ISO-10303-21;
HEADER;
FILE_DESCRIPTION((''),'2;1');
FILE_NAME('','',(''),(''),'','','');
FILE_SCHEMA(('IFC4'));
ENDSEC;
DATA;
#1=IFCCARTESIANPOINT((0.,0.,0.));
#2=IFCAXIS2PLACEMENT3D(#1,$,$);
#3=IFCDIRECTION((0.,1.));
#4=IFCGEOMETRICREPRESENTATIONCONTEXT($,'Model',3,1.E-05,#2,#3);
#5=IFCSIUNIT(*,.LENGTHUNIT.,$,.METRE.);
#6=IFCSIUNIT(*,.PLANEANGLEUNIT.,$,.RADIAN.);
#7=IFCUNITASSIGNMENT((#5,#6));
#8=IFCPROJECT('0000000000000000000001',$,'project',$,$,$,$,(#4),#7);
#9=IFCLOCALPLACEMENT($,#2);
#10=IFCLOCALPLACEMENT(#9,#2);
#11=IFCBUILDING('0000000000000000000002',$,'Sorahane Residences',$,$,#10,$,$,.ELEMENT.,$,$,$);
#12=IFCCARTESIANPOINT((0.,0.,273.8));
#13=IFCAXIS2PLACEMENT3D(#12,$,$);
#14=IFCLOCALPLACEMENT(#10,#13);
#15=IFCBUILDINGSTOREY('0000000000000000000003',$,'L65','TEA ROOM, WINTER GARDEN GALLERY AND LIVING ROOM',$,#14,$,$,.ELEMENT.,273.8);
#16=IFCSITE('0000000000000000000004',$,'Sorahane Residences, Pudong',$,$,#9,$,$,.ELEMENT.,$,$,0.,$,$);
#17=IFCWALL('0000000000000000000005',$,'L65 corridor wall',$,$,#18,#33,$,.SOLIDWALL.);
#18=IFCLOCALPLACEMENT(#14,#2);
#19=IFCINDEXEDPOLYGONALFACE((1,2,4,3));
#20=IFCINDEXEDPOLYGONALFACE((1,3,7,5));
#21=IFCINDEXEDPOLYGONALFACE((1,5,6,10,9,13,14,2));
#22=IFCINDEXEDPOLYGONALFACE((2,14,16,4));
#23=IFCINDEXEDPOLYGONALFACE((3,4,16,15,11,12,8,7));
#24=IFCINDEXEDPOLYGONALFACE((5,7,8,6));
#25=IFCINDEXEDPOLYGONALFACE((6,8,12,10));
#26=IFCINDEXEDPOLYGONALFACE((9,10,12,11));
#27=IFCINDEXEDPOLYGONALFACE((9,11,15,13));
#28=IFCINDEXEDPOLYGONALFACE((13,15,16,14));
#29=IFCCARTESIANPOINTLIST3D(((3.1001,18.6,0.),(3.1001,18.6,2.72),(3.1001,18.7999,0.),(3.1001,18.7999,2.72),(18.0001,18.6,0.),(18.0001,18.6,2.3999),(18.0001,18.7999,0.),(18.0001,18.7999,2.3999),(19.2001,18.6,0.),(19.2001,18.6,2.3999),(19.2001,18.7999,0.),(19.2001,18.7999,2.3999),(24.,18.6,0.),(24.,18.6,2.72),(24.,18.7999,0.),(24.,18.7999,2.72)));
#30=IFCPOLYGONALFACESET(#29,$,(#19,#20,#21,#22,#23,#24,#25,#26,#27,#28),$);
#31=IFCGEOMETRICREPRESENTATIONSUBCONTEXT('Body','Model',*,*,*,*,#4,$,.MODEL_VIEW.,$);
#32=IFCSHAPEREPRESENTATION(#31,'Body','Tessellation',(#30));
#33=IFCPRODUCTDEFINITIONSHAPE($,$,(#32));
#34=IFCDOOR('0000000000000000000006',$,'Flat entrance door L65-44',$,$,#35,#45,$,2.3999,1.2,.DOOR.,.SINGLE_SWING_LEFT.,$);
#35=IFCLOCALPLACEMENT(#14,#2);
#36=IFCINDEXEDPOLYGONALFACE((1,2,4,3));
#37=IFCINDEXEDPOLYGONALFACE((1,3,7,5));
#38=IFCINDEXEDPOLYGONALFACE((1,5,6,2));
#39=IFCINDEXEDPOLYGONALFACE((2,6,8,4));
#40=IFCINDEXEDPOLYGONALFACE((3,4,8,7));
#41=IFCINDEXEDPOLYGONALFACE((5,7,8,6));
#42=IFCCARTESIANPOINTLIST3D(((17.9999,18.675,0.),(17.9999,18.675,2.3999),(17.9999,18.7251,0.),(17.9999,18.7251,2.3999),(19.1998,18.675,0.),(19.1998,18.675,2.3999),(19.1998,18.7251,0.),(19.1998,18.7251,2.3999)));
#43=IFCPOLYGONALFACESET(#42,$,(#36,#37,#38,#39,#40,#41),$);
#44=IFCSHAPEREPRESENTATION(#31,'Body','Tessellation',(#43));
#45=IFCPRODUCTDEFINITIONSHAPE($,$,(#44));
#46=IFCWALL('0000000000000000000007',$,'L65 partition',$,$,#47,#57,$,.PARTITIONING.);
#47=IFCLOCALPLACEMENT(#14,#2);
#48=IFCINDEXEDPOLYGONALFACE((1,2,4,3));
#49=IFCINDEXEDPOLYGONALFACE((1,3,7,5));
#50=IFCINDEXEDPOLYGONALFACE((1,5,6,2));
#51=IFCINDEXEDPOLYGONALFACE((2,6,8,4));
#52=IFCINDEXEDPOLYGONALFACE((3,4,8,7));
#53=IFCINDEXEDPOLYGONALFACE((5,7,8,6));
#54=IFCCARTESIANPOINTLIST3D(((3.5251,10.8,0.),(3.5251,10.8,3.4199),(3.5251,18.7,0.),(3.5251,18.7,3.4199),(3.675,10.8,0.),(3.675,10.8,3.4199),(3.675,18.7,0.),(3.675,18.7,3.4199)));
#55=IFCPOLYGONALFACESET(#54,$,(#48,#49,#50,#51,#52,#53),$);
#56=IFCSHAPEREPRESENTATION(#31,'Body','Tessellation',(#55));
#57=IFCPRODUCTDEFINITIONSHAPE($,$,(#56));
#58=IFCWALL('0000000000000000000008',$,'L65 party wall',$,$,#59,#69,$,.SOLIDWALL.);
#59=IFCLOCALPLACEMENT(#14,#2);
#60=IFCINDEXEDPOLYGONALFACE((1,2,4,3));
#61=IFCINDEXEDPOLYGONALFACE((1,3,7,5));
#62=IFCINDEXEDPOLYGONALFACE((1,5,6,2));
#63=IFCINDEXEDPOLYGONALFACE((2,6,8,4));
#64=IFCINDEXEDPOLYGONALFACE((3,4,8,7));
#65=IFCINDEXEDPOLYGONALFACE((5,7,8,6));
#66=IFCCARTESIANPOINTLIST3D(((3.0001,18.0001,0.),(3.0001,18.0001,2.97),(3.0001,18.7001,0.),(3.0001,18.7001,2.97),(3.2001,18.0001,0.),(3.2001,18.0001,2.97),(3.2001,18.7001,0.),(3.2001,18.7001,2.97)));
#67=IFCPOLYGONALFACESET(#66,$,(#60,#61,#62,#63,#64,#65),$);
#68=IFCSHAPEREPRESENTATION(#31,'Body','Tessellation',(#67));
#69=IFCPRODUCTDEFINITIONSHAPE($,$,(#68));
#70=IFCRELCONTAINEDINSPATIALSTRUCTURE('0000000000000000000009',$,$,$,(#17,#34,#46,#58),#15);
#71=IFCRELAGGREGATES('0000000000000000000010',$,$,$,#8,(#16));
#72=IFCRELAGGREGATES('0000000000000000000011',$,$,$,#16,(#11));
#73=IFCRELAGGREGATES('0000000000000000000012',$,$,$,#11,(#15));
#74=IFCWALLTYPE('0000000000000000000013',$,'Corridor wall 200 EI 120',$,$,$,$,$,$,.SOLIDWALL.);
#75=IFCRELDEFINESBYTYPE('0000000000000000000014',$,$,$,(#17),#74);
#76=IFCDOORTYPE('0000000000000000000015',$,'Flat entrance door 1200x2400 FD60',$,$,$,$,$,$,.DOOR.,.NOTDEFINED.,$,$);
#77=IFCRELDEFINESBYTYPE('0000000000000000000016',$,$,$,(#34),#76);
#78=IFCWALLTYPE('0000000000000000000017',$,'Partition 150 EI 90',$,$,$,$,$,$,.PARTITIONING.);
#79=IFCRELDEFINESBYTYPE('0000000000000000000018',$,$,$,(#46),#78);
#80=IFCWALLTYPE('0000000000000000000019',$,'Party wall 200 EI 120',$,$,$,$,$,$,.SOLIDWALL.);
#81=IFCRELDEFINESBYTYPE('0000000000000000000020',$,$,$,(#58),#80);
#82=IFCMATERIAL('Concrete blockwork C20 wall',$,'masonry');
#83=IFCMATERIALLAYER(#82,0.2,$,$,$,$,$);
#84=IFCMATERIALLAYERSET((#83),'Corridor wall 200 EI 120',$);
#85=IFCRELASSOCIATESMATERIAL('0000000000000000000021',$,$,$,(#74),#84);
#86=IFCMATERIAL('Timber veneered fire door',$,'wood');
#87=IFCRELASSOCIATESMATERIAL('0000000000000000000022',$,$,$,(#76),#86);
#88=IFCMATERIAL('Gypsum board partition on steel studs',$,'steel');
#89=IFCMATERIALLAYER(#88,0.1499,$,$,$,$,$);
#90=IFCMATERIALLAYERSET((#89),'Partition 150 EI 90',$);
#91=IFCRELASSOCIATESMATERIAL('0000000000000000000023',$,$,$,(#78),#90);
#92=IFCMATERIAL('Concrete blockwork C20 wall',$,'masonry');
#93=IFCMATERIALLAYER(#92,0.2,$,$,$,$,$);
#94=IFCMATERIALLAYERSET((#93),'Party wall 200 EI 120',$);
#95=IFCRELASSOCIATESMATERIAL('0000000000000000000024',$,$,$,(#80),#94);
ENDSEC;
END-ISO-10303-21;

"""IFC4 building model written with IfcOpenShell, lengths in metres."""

from ifc_helpers import new_model, si_unit, direction, frame, frame_2d, origin, place, context, subcontext, project, spatial, rectangle, extrude, material, layer, layer_set, type_object, element, fill, save


model = new_model("IFC4")

# Units and contexts
model_context = context("Model", 3, precision=1e-05, world=origin(), true_north=direction((0.0, 1.0)))
body_context = subcontext(model_context, "Body", "Model", "MODEL_VIEW")
ifc_project = project(units=[si_unit("LENGTHUNIT", "METRE"), si_unit("PLANEANGLEUNIT", "RADIAN")], contexts=[model_context])

# Site, building, storey
site_placement = place(None, origin())
site = spatial("IfcSite", under=ifc_project, at=site_placement, Name="Sorahane Residences, Pudong", CompositionType="ELEMENT", RefElevation=0.0)
building_placement = place(site_placement, origin())
building = spatial("IfcBuilding", under=site, at=building_placement, Name="Sorahane Residences", CompositionType="ELEMENT")
storey_placement = place(building_placement, frame((0.0, 0.0, 273.8)))
storey = spatial("IfcBuildingStorey", under=building, at=storey_placement, Name="L65", Description="TEA ROOM, WINTER GARDEN GALLERY AND LIVING ROOM", CompositionType="ELEMENT", Elevation=273.8)

# Wall, opening, door
ifc_material_1 = material(Name="Concrete blockwork C20 wall", Category="masonry")
ifc_layer_1 = layer(ifc_material_1, 0.2)
ifc_layer_set_1 = layer_set([ifc_layer_1], Name="Corridor wall 200 EI 120")
wall_type_1 = type_object("IfcWallType", Name="Corridor wall 200 EI 120", PredefinedType="SOLIDWALL", material=ifc_layer_set_1)
ifc_material_2 = material(Name="Timber veneered fire door", Category="wood")
door_type_1 = type_object("IfcDoorType", Name="Flat entrance door 1200x2400 FD60", OperationType="NOTDEFINED", PredefinedType="DOOR", material=ifc_material_2)
wall_1_placement = place(storey_placement, frame((3.1001, 18.7, 0.0), z_axis=(0.0, 0.0, 1.0), x_axis=(1.0, 0.0, 0.0)))
wall_1 = element("IfcWall", 1, at=wall_1_placement, inside=storey, type_object=wall_type_1, Name="L65 corridor wall", PredefinedType="SOLIDWALL", context=body_context, shape_type="SweptSolid", body=[
    extrude(rectangle(XDim=20.8999, YDim=0.2, at=frame_2d((10.45, 0.0))), origin(), (0.0, 0.0, 1.0), 2.72),
])
opening_1_placement = place(wall_1_placement, frame((14.8999, 0.0, 0.0)))
opening_1 = element("IfcOpeningElement", 2, at=opening_1_placement, cuts=wall_1, PredefinedType="OPENING", context=body_context, shape_type="SweptSolid", body=[
    extrude(rectangle(XDim=1.2, YDim=2.3999, at=frame_2d((0.6001, 1.2))), frame((0.0, 0.1099, 0.0), z_axis=(0.0, -1.0, 0.0), x_axis=(1.0, 0.0, 0.0)), (0.0, 0.0, 1.0), 0.22),
])
door_1_placement = place(opening_1_placement, frame((1.2, 0.0, 0.0), z_axis=(0.0, 0.0, 1.0), x_axis=(-1.0, 0.0, 0.0)))
door_1 = element("IfcDoor", 3, at=door_1_placement, inside=storey, type_object=door_type_1, Name="Flat entrance door L65-44", OperationType="SINGLE_SWING_LEFT", OverallHeight=2.3999, OverallWidth=1.2, PredefinedType="DOOR", context=body_context, shape_type="SweptSolid", body=[
    extrude(rectangle(XDim=1.2, YDim=2.3999, at=frame_2d((0.6001, 1.2))), frame((0.0, 0.0249, 0.0), z_axis=(0.0, -1.0, 0.0), x_axis=(1.0, 0.0, 0.0)), (0.0, 0.0, 1.0), 0.05),
])
fill(opening_1, door_1)

# Walls
ifc_material_3 = material(Name="Gypsum board partition on steel studs", Category="steel")
ifc_layer_2 = layer(ifc_material_3, 0.1499)
ifc_layer_set_2 = layer_set([ifc_layer_2], Name="Partition 150 EI 90")
wall_type_2 = type_object("IfcWallType", Name="Partition 150 EI 90", PredefinedType="PARTITIONING", material=ifc_layer_set_2)
wall_2_placement = place(storey_placement, frame((3.6001, 10.8, 0.0), z_axis=(0.0, 0.0, 1.0), x_axis=(0.0, 1.0, 0.0)))
element("IfcWall", 4, at=wall_2_placement, inside=storey, type_object=wall_type_2, Name="L65 partition", PredefinedType="PARTITIONING", context=body_context, shape_type="SweptSolid", body=[
    extrude(rectangle(XDim=7.8999, YDim=0.1499, at=frame_2d((3.95, 0.0))), origin(), (0.0, 0.0, 1.0), 3.4199),
])
ifc_material_4 = material(Name="Concrete blockwork C20 wall", Category="masonry")
ifc_layer_3 = layer(ifc_material_4, 0.2)
ifc_layer_set_3 = layer_set([ifc_layer_3], Name="Party wall 200 EI 120")
wall_type_3 = type_object("IfcWallType", Name="Party wall 200 EI 120", PredefinedType="SOLIDWALL", material=ifc_layer_set_3)
wall_3_placement = place(storey_placement, frame((3.1001, 18.0, 0.0), z_axis=(0.0, 0.0, 1.0), x_axis=(0.0, 1.0, 0.0)))
element("IfcWall", 5, at=wall_3_placement, inside=storey, type_object=wall_type_3, Name="L65 party wall", PredefinedType="SOLIDWALL", context=body_context, shape_type="SweptSolid", body=[
    extrude(rectangle(XDim=0.7, YDim=0.2, at=frame_2d((0.3501, 0.0))), origin(), (0.0, 0.0, 1.0), 2.97),
])

save(model, "model.ifc")
